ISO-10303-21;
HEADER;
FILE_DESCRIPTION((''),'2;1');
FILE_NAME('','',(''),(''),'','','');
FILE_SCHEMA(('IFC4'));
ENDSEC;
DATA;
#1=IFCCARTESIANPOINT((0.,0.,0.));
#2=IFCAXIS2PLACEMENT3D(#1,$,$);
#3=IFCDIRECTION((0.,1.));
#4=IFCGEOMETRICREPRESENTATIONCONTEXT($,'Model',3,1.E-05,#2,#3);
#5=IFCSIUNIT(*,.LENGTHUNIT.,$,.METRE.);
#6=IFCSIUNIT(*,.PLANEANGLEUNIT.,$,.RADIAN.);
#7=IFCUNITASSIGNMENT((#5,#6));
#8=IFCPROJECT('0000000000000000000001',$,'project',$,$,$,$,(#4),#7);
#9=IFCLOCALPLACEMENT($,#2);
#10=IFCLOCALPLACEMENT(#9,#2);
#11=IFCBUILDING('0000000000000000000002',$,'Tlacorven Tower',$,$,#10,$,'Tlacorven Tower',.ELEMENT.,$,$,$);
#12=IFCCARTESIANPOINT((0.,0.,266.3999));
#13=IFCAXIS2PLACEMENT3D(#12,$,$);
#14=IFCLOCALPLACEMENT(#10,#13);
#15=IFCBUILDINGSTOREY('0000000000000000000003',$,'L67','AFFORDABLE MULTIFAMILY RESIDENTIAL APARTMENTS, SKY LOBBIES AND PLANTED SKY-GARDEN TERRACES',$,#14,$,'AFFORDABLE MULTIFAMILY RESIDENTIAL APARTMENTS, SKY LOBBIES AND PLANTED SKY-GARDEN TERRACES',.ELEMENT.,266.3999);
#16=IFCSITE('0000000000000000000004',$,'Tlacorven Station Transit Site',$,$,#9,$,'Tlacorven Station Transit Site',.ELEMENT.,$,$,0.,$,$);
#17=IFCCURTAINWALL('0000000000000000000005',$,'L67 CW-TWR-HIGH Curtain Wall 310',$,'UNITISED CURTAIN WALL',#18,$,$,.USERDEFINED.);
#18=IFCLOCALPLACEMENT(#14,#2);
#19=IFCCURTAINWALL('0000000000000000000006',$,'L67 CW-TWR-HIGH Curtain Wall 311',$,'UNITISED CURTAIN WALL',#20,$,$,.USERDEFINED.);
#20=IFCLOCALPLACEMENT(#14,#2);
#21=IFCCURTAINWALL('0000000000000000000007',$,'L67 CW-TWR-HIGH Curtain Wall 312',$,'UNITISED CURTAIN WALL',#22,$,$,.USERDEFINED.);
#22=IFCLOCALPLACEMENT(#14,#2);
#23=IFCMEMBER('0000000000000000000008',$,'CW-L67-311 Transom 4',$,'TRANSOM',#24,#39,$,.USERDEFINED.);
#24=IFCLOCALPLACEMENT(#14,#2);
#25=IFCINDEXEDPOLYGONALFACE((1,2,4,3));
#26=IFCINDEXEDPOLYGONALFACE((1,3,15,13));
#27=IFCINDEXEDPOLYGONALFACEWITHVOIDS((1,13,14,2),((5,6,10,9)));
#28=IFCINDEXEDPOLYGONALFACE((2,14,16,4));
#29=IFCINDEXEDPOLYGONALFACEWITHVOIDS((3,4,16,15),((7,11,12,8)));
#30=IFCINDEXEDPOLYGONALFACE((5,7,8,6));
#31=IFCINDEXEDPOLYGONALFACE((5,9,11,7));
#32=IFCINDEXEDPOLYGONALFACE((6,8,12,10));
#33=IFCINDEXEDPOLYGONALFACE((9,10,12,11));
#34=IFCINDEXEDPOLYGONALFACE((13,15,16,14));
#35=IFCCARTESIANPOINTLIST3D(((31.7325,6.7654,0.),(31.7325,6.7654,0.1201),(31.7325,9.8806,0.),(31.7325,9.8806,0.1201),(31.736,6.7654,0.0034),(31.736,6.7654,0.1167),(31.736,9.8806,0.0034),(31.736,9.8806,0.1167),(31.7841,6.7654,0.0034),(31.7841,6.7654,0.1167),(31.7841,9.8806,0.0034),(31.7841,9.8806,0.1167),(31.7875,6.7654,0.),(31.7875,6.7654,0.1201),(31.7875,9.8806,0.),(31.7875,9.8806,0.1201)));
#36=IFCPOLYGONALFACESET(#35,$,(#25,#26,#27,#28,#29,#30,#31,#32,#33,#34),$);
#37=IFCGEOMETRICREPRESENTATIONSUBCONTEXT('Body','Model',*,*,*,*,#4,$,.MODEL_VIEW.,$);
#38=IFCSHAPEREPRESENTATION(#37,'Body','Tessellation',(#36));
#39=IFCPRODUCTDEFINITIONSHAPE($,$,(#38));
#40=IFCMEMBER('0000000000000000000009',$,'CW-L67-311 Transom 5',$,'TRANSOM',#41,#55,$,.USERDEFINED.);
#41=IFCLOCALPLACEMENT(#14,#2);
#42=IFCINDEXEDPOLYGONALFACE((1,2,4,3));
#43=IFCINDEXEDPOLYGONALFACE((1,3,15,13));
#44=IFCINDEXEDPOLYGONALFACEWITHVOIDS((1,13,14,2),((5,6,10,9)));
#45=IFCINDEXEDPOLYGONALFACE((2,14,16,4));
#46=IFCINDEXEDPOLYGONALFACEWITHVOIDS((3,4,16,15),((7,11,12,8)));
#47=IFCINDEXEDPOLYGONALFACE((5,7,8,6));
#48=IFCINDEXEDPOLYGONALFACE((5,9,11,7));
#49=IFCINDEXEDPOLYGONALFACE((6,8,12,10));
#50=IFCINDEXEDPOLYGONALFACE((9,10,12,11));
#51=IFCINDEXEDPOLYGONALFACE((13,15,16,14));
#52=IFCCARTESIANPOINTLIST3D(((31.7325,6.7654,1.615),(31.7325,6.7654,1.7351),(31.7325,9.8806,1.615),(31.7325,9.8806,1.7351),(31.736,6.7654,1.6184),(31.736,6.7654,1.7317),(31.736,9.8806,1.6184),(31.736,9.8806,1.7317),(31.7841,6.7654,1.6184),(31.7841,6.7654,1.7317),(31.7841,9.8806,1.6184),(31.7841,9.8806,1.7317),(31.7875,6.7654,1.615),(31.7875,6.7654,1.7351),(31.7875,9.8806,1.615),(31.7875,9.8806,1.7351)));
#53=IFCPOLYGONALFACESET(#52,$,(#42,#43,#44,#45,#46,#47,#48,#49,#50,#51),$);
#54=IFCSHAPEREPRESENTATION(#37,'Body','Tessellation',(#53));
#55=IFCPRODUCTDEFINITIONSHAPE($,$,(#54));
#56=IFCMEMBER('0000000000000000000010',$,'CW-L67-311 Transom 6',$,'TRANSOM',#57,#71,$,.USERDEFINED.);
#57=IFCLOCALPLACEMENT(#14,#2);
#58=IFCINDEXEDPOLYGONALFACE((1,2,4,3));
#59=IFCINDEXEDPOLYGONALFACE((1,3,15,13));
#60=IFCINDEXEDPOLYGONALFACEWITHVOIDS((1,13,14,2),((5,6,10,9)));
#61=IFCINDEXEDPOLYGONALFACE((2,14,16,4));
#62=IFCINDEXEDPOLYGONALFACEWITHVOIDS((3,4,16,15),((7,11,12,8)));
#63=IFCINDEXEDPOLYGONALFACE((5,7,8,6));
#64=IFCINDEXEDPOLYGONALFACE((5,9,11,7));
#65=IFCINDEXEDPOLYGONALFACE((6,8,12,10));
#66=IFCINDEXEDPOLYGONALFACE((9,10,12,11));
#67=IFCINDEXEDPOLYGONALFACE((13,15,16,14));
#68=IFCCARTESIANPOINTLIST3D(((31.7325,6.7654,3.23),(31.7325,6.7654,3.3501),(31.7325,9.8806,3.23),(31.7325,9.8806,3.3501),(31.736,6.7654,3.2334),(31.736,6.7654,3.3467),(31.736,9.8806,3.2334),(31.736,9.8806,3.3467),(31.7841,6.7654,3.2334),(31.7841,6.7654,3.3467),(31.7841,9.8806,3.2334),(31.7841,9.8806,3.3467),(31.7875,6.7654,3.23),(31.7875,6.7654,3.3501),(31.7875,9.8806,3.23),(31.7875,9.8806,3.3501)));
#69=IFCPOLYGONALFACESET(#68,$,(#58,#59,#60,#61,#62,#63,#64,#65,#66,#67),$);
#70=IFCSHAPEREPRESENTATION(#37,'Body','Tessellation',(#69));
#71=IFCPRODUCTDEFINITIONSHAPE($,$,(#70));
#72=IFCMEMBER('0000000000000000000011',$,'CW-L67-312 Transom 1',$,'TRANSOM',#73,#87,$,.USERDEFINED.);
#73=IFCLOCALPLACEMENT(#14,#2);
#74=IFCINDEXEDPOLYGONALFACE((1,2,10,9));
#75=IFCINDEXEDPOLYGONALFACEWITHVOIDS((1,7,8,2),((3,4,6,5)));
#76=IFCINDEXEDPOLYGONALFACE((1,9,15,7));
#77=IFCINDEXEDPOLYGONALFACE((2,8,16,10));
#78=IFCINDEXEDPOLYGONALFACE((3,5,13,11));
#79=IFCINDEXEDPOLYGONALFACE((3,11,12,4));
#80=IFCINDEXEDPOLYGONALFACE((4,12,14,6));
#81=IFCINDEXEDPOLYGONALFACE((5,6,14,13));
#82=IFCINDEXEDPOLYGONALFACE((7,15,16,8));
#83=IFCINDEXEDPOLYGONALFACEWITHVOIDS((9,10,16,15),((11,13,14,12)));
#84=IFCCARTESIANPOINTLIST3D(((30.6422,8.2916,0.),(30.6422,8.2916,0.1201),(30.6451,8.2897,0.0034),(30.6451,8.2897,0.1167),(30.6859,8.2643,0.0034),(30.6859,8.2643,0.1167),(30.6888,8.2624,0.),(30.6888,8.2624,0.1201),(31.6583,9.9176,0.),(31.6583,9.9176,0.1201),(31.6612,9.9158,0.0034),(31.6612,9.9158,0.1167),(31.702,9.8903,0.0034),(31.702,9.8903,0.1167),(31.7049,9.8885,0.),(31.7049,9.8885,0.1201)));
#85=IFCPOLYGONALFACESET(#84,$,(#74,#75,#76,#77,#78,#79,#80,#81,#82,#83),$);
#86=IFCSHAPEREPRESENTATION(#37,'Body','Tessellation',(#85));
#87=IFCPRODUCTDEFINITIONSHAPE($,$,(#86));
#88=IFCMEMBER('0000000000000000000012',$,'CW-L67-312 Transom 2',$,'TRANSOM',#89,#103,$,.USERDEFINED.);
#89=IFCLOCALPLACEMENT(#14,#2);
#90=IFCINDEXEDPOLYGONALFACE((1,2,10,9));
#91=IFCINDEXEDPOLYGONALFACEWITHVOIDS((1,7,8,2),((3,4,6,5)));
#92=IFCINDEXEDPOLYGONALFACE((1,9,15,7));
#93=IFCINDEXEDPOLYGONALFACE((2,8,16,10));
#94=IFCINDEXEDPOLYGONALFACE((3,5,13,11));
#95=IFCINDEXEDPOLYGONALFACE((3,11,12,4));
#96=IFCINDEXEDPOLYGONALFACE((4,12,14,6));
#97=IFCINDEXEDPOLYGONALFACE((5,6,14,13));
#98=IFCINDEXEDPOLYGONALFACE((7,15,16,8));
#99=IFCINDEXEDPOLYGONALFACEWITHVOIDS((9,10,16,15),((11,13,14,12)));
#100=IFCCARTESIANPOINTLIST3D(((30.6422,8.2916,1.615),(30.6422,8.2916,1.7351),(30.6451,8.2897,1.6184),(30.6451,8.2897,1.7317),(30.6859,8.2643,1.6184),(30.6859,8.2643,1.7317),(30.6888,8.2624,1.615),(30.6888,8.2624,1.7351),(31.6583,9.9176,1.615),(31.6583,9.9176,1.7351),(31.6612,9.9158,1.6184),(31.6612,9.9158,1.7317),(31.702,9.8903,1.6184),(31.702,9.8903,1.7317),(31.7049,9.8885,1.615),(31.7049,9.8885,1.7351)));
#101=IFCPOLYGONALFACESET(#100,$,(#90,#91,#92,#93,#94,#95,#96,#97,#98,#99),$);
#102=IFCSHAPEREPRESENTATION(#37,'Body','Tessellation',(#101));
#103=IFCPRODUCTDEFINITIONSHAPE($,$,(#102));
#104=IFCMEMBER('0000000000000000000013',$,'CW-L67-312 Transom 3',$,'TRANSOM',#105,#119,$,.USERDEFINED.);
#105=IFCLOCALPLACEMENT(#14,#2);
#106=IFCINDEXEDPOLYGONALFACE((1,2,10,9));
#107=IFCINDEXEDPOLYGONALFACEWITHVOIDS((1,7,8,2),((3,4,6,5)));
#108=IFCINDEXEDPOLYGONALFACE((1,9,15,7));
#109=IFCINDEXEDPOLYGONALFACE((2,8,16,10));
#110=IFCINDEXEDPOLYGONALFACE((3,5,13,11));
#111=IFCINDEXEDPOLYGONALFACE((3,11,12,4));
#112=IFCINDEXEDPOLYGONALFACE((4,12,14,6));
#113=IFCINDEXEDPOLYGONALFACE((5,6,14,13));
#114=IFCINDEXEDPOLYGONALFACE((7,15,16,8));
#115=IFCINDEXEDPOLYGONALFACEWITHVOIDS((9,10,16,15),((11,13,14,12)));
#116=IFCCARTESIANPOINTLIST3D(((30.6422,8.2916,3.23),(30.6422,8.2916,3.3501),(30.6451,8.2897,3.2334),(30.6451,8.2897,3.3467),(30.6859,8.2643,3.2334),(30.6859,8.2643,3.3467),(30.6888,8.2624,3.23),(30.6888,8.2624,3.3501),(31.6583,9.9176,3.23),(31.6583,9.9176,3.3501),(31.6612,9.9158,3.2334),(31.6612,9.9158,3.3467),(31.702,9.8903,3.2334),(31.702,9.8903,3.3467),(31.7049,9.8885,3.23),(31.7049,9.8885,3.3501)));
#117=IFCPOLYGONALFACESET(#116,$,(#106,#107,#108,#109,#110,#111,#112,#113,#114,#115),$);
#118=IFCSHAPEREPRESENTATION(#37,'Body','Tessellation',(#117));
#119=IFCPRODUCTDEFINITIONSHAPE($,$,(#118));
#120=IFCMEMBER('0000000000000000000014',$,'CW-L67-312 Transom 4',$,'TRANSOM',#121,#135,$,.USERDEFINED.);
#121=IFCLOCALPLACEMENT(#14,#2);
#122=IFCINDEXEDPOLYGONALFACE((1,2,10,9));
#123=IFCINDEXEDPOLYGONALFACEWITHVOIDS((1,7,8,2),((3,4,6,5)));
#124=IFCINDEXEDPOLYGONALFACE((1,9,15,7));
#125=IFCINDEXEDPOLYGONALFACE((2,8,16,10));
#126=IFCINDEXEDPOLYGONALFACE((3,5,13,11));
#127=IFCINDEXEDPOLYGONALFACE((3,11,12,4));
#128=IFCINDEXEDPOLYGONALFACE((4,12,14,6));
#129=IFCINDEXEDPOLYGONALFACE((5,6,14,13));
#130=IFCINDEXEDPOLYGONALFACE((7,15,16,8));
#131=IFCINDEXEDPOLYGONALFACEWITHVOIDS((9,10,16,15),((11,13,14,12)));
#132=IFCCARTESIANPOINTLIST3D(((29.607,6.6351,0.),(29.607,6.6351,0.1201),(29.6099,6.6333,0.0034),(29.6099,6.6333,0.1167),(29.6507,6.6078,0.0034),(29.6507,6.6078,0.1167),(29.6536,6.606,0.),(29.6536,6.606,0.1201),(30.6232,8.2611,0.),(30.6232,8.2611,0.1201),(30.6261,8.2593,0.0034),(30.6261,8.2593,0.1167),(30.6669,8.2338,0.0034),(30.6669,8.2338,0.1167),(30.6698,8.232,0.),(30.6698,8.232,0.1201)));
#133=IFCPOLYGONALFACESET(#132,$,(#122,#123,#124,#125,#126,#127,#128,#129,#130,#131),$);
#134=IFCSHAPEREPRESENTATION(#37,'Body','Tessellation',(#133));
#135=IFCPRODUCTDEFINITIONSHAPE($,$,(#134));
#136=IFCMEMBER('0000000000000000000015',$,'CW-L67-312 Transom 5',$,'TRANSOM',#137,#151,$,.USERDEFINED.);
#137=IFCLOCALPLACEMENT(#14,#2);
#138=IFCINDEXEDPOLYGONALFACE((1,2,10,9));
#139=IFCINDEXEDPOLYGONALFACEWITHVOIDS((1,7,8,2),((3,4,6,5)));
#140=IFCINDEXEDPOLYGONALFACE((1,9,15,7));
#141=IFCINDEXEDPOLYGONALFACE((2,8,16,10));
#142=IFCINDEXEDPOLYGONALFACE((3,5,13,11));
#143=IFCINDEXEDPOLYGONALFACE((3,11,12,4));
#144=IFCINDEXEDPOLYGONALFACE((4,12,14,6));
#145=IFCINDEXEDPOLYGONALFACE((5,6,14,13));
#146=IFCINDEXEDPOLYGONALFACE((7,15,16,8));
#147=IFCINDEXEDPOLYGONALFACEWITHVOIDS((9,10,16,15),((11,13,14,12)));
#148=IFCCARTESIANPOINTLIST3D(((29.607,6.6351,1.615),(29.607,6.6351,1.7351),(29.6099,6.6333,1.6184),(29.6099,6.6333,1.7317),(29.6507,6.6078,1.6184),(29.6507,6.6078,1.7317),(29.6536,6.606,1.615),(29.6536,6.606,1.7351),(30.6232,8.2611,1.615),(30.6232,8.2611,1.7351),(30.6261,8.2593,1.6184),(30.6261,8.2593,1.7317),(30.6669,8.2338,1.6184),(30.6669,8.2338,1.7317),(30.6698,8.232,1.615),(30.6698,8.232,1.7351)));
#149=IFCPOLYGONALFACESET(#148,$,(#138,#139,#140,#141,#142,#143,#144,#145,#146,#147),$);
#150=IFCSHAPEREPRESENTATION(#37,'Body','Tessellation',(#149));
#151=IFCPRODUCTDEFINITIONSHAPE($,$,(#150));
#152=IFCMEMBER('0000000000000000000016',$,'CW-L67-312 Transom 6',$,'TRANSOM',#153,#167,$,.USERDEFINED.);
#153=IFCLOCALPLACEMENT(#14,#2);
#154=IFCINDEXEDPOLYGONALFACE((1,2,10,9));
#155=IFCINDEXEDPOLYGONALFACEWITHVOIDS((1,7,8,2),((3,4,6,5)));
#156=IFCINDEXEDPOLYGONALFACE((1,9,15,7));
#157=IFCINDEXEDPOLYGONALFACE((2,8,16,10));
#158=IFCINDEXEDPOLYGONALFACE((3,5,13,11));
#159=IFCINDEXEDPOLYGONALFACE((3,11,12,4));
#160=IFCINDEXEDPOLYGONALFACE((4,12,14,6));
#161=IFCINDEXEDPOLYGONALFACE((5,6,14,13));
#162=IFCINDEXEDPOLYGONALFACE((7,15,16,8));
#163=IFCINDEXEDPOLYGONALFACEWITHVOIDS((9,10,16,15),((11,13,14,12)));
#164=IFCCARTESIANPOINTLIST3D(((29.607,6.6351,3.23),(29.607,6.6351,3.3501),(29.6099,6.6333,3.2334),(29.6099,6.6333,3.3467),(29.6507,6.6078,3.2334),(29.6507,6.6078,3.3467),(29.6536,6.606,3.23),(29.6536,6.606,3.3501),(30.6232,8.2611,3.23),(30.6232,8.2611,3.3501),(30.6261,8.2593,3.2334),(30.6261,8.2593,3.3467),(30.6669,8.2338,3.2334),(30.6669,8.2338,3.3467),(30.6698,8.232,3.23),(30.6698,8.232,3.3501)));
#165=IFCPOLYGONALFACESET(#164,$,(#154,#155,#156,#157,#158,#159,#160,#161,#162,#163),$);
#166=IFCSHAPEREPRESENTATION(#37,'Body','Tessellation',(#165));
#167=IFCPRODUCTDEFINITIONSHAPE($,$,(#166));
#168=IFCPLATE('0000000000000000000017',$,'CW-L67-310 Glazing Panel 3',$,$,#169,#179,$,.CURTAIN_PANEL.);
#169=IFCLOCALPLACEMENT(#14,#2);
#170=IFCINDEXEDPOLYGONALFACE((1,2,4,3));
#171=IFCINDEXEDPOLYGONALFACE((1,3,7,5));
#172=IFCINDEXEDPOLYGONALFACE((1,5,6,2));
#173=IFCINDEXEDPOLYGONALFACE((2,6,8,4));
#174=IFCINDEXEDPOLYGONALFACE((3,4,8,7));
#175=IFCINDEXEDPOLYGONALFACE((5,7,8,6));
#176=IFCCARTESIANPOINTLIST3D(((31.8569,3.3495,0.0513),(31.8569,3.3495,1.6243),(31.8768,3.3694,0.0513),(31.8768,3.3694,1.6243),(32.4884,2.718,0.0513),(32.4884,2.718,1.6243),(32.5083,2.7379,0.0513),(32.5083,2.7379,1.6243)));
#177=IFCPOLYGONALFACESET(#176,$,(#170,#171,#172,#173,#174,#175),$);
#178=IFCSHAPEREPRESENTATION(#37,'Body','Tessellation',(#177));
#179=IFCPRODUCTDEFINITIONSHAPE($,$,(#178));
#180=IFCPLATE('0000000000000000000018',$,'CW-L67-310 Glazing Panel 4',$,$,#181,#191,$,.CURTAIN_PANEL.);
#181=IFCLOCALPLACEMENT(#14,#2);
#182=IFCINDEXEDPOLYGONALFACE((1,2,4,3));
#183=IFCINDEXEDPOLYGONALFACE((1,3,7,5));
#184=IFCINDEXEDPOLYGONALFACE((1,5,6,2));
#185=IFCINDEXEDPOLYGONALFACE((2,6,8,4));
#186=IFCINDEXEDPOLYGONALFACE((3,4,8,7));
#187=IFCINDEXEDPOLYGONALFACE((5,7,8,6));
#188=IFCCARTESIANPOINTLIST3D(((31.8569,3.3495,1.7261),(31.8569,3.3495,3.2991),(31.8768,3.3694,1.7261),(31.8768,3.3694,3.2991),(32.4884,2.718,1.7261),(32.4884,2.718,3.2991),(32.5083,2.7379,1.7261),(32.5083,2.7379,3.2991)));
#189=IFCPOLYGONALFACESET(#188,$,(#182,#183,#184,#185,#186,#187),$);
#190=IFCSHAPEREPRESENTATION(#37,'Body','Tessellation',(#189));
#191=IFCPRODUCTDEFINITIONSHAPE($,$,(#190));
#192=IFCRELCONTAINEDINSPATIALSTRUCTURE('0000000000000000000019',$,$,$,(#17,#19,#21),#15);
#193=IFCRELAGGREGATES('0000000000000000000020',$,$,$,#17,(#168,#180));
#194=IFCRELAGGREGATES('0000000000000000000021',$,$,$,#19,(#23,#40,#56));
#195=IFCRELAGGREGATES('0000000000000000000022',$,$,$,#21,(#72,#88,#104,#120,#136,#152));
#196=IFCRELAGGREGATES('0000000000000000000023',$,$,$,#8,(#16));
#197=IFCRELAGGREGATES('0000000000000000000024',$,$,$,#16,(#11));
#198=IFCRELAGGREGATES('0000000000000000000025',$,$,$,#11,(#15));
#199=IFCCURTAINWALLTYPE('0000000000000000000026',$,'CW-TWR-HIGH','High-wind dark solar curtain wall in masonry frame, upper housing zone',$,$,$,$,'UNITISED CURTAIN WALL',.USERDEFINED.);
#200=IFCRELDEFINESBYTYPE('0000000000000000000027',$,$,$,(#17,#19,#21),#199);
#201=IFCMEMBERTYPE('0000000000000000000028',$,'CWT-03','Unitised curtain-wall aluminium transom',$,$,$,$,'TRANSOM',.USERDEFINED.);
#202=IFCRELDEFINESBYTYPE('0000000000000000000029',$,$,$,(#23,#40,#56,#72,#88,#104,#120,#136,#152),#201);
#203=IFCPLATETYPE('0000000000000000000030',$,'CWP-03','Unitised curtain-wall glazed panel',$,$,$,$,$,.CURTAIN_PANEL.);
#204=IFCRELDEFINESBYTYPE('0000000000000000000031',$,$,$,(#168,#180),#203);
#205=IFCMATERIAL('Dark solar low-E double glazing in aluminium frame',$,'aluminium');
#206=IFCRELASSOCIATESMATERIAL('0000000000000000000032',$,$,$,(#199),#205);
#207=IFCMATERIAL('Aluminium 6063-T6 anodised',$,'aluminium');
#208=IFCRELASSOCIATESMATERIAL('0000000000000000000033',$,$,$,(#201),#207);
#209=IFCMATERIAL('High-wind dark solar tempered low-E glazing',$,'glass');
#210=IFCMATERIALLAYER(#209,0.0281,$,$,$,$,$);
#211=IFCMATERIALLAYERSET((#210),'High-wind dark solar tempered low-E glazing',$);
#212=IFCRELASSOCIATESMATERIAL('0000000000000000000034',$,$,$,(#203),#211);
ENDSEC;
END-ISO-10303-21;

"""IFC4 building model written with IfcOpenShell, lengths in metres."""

from ifc_helpers import new_model, si_unit, direction, frame, origin, origin_2d, place, context, subcontext, project, spatial, rectangle, hollow_rectangle, extrude, source, transform, mapped, material, layer, layer_set, material_profile, profile_set, type_object, element, aggregate, save


model = new_model("IFC4")

# Units and contexts
model_context = context("Model", 3, precision=1e-05, world=origin(), true_north=direction((0.0, 1.0)))
body_context = subcontext(model_context, "Body", "Model", "MODEL_VIEW")
ifc_project = project(units=[si_unit("LENGTHUNIT", "METRE"), si_unit("PLANEANGLEUNIT", "RADIAN")], contexts=[model_context])

# Site, building, storey
site_placement = place(None, origin())
site = spatial("IfcSite", under=ifc_project, at=site_placement, Name="Tlacorven Station Transit Site", LongName="Tlacorven Station Transit Site", CompositionType="ELEMENT", RefElevation=0.0)
building_placement = place(site_placement, origin())
building = spatial("IfcBuilding", under=site, at=building_placement, Name="Tlacorven Tower", LongName="Tlacorven Tower", CompositionType="ELEMENT")
storey_placement = place(building_placement, frame((0.0, 0.0, 266.3999)))
storey = spatial("IfcBuildingStorey", under=building, at=storey_placement, Name="L67", Description="AFFORDABLE MULTIFAMILY RESIDENTIAL APARTMENTS, SKY LOBBIES AND PLANTED SKY-GARDEN TERRACES", LongName="AFFORDABLE MULTIFAMILY RESIDENTIAL APARTMENTS, SKY LOBBIES AND PLANTED SKY-GARDEN TERRACES", CompositionType="ELEMENT", Elevation=266.3999)

# Curtain wall
ifc_material_1 = material(Name="Dark solar low-E double glazing in aluminium frame", Category="aluminium")
curtain_wall_type = type_object("IfcCurtainWallType", Name="CW-TWR-HIGH", Description="High-wind dark solar curtain wall in masonry frame, upper housing zone", ElementType="UNITISED CURTAIN WALL", PredefinedType="USERDEFINED", material=ifc_material_1)
curtain_wall_1_placement = place(storey_placement, origin())
curtain_wall_1 = element("IfcCurtainWall", 1, at=curtain_wall_1_placement, inside=storey, type_object=curtain_wall_type, Name="L67 CW-TWR-HIGH Curtain Wall 310", ObjectType="UNITISED CURTAIN WALL", PredefinedType="USERDEFINED")
ifc_material_2 = material(Name="Aluminium 6063-T6 anodised", Category="aluminium")

# Curtain walls
curtain_wall_2_placement = place(storey_placement, origin())
curtain_wall_2 = element("IfcCurtainWall", 2, at=curtain_wall_2_placement, inside=storey, type_object=curtain_wall_type, Name="L67 CW-TWR-HIGH Curtain Wall 311", ObjectType="UNITISED CURTAIN WALL", PredefinedType="USERDEFINED")
curtain_wall_3_placement = place(storey_placement, origin())
curtain_wall_3 = element("IfcCurtainWall", 3, at=curtain_wall_3_placement, inside=storey, type_object=curtain_wall_type, Name="L67 CW-TWR-HIGH Curtain Wall 312", ObjectType="UNITISED CURTAIN WALL", PredefinedType="USERDEFINED")

# Members
ifc_material_profile_1 = material_profile(ifc_material_2, hollow_rectangle(XDim=0.0549, YDim=0.1201, WallThickness=0.0034, at=origin_2d()), Name="ALU TRANSOM 55X120")
ifc_profile_set_1 = profile_set([ifc_material_profile_1], Name="Aluminium 6063-T6 anodised")
member_type_1 = type_object("IfcMemberType", Name="CWT-03", Description="Unitised curtain-wall aluminium transom", ElementType="TRANSOM", PredefinedType="USERDEFINED", material=ifc_profile_set_1)
shared_shape_1 = source(origin(), body_context, "Body", "SweptSolid", [
    extrude(hollow_rectangle(XDim=0.0549, YDim=0.1201, WallThickness=0.0034, at=origin_2d()), origin(), (0.0, 0.0, 1.0), 3.1152),
])
member_1_placement = place(storey_placement, frame((31.76, 6.7654, 0.0601), z_axis=(0.0, 1.0, 0.0), x_axis=(-1.0, 0.0, 0.0)))
member_1 = element("IfcMember", 4, at=member_1_placement, type_object=member_type_1, Name="CW-L67-311 Transom 4", ObjectType="TRANSOM", PredefinedType="USERDEFINED", context=body_context, shape_type="MappedRepresentation", body=[
    mapped(shared_shape_1, transform((0.0, 0.0, 0.0), scale=1.0)),
])
member_2_placement = place(storey_placement, frame((31.76, 6.7654, 1.675), z_axis=(0.0, 1.0, 0.0), x_axis=(-1.0, 0.0, 0.0)))
member_2 = element("IfcMember", 5, at=member_2_placement, type_object=member_type_1, Name="CW-L67-311 Transom 5", ObjectType="TRANSOM", PredefinedType="USERDEFINED", context=body_context, shape_type="MappedRepresentation", body=[
    mapped(shared_shape_1, transform((0.0, 0.0, 0.0), scale=1.0)),
])
member_3_placement = place(storey_placement, frame((31.76, 6.7654, 3.29), z_axis=(0.0, 1.0, 0.0), x_axis=(-1.0, 0.0, 0.0)))
member_3 = element("IfcMember", 6, at=member_3_placement, type_object=member_type_1, Name="CW-L67-311 Transom 6", ObjectType="TRANSOM", PredefinedType="USERDEFINED", context=body_context, shape_type="MappedRepresentation", body=[
    mapped(shared_shape_1, transform((0.0, 0.0, 0.0), scale=1.0)),
])
shared_shape_2 = source(origin(), body_context, "Body", "SweptSolid", [
    extrude(hollow_rectangle(XDim=0.0549, YDim=0.1201, WallThickness=0.0034, at=origin_2d()), origin(), (0.0, 0.0, 1.0), 1.9175),
])
member_4_placement = place(storey_placement, frame((31.6816, 9.9031, 0.0601), z_axis=(-0.529953, -0.848027, 0.0), x_axis=(0.848027, -0.529953, 0.0)))
member_4 = element("IfcMember", 7, at=member_4_placement, type_object=member_type_1, Name="CW-L67-312 Transom 1", ObjectType="TRANSOM", PredefinedType="USERDEFINED", context=body_context, shape_type="MappedRepresentation", body=[
    mapped(shared_shape_2, transform((0.0, 0.0, 0.0), scale=1.0)),
])
member_5_placement = place(storey_placement, frame((31.6816, 9.9031, 1.675), z_axis=(-0.529953, -0.848027, 0.0), x_axis=(0.848027, -0.529953, 0.0)))
member_5 = element("IfcMember", 8, at=member_5_placement, type_object=member_type_1, Name="CW-L67-312 Transom 2", ObjectType="TRANSOM", PredefinedType="USERDEFINED", context=body_context, shape_type="MappedRepresentation", body=[
    mapped(shared_shape_2, transform((0.0, 0.0, 0.0), scale=1.0)),
])
member_6_placement = place(storey_placement, frame((31.6816, 9.9031, 3.29), z_axis=(-0.529953, -0.848027, 0.0), x_axis=(0.848027, -0.529953, 0.0)))
member_6 = element("IfcMember", 9, at=member_6_placement, type_object=member_type_1, Name="CW-L67-312 Transom 3", ObjectType="TRANSOM", PredefinedType="USERDEFINED", context=body_context, shape_type="MappedRepresentation", body=[
    mapped(shared_shape_2, transform((0.0, 0.0, 0.0), scale=1.0)),
])
member_7_placement = place(storey_placement, frame((30.6465, 8.2466, 0.0601), z_axis=(-0.529953, -0.848027, 0.0), x_axis=(0.848027, -0.529953, 0.0)))
member_7 = element("IfcMember", 10, at=member_7_placement, type_object=member_type_1, Name="CW-L67-312 Transom 4", ObjectType="TRANSOM", PredefinedType="USERDEFINED", context=body_context, shape_type="MappedRepresentation", body=[
    mapped(shared_shape_2, transform((0.0, 0.0, 0.0), scale=1.0)),
])
member_8_placement = place(storey_placement, frame((30.6465, 8.2466, 1.675), z_axis=(-0.529953, -0.848027, 0.0), x_axis=(0.848027, -0.529953, 0.0)))
member_8 = element("IfcMember", 11, at=member_8_placement, type_object=member_type_1, Name="CW-L67-312 Transom 5", ObjectType="TRANSOM", PredefinedType="USERDEFINED", context=body_context, shape_type="MappedRepresentation", body=[
    mapped(shared_shape_2, transform((0.0, 0.0, 0.0), scale=1.0)),
])
member_9_placement = place(storey_placement, frame((30.6465, 8.2466, 3.29), z_axis=(-0.529953, -0.848027, 0.0), x_axis=(0.848027, -0.529953, 0.0)))
member_9 = element("IfcMember", 12, at=member_9_placement, type_object=member_type_1, Name="CW-L67-312 Transom 6", ObjectType="TRANSOM", PredefinedType="USERDEFINED", context=body_context, shape_type="MappedRepresentation", body=[
    mapped(shared_shape_2, transform((0.0, 0.0, 0.0), scale=1.0)),
])

# Plates
ifc_material_3 = material(Name="High-wind dark solar tempered low-E glazing", Category="glass")
ifc_layer_1 = layer(ifc_material_3, 0.0281)
ifc_layer_set_1 = layer_set([ifc_layer_1], Name="High-wind dark solar tempered low-E glazing")
plate_type = type_object("IfcPlateType", Name="CWP-03", Description="Unitised curtain-wall glazed panel", PredefinedType="CURTAIN_PANEL", material=ifc_layer_set_1)
shared_shape_3 = source(origin(), body_context, "Body", "SweptSolid", [
    extrude(rectangle(XDim=0.8931, YDim=0.0281, at=origin_2d()), origin(), (0.0, 0.0, 1.0), 1.573),
])
plate_1_placement = place(storey_placement, frame((32.1826, 3.0437, 0.0513), z_axis=(0.0, 0.0, 1.0), x_axis=(-0.707107, 0.707107, 0.0)))
plate_1 = element("IfcPlate", 13, at=plate_1_placement, type_object=plate_type, Name="CW-L67-310 Glazing Panel 3", PredefinedType="CURTAIN_PANEL", context=body_context, shape_type="MappedRepresentation", body=[
    mapped(shared_shape_3, transform((0.0, 0.0, 0.0), scale=1.0)),
])
plate_2_placement = place(storey_placement, frame((32.1826, 3.0437, 1.7261), z_axis=(0.0, 0.0, 1.0), x_axis=(-0.707107, 0.707107, 0.0)))
plate_2 = element("IfcPlate", 14, at=plate_2_placement, type_object=plate_type, Name="CW-L67-310 Glazing Panel 4", PredefinedType="CURTAIN_PANEL", context=body_context, shape_type="MappedRepresentation", body=[
    mapped(shared_shape_3, transform((0.0, 0.0, 0.0), scale=1.0)),
])
aggregate(curtain_wall_1, [plate_1, plate_2])
aggregate(curtain_wall_2, [member_1, member_2, member_3])
aggregate(curtain_wall_3, [member_4, member_5, member_6, member_7, member_8, member_9])

save(model, "model.ifc")
